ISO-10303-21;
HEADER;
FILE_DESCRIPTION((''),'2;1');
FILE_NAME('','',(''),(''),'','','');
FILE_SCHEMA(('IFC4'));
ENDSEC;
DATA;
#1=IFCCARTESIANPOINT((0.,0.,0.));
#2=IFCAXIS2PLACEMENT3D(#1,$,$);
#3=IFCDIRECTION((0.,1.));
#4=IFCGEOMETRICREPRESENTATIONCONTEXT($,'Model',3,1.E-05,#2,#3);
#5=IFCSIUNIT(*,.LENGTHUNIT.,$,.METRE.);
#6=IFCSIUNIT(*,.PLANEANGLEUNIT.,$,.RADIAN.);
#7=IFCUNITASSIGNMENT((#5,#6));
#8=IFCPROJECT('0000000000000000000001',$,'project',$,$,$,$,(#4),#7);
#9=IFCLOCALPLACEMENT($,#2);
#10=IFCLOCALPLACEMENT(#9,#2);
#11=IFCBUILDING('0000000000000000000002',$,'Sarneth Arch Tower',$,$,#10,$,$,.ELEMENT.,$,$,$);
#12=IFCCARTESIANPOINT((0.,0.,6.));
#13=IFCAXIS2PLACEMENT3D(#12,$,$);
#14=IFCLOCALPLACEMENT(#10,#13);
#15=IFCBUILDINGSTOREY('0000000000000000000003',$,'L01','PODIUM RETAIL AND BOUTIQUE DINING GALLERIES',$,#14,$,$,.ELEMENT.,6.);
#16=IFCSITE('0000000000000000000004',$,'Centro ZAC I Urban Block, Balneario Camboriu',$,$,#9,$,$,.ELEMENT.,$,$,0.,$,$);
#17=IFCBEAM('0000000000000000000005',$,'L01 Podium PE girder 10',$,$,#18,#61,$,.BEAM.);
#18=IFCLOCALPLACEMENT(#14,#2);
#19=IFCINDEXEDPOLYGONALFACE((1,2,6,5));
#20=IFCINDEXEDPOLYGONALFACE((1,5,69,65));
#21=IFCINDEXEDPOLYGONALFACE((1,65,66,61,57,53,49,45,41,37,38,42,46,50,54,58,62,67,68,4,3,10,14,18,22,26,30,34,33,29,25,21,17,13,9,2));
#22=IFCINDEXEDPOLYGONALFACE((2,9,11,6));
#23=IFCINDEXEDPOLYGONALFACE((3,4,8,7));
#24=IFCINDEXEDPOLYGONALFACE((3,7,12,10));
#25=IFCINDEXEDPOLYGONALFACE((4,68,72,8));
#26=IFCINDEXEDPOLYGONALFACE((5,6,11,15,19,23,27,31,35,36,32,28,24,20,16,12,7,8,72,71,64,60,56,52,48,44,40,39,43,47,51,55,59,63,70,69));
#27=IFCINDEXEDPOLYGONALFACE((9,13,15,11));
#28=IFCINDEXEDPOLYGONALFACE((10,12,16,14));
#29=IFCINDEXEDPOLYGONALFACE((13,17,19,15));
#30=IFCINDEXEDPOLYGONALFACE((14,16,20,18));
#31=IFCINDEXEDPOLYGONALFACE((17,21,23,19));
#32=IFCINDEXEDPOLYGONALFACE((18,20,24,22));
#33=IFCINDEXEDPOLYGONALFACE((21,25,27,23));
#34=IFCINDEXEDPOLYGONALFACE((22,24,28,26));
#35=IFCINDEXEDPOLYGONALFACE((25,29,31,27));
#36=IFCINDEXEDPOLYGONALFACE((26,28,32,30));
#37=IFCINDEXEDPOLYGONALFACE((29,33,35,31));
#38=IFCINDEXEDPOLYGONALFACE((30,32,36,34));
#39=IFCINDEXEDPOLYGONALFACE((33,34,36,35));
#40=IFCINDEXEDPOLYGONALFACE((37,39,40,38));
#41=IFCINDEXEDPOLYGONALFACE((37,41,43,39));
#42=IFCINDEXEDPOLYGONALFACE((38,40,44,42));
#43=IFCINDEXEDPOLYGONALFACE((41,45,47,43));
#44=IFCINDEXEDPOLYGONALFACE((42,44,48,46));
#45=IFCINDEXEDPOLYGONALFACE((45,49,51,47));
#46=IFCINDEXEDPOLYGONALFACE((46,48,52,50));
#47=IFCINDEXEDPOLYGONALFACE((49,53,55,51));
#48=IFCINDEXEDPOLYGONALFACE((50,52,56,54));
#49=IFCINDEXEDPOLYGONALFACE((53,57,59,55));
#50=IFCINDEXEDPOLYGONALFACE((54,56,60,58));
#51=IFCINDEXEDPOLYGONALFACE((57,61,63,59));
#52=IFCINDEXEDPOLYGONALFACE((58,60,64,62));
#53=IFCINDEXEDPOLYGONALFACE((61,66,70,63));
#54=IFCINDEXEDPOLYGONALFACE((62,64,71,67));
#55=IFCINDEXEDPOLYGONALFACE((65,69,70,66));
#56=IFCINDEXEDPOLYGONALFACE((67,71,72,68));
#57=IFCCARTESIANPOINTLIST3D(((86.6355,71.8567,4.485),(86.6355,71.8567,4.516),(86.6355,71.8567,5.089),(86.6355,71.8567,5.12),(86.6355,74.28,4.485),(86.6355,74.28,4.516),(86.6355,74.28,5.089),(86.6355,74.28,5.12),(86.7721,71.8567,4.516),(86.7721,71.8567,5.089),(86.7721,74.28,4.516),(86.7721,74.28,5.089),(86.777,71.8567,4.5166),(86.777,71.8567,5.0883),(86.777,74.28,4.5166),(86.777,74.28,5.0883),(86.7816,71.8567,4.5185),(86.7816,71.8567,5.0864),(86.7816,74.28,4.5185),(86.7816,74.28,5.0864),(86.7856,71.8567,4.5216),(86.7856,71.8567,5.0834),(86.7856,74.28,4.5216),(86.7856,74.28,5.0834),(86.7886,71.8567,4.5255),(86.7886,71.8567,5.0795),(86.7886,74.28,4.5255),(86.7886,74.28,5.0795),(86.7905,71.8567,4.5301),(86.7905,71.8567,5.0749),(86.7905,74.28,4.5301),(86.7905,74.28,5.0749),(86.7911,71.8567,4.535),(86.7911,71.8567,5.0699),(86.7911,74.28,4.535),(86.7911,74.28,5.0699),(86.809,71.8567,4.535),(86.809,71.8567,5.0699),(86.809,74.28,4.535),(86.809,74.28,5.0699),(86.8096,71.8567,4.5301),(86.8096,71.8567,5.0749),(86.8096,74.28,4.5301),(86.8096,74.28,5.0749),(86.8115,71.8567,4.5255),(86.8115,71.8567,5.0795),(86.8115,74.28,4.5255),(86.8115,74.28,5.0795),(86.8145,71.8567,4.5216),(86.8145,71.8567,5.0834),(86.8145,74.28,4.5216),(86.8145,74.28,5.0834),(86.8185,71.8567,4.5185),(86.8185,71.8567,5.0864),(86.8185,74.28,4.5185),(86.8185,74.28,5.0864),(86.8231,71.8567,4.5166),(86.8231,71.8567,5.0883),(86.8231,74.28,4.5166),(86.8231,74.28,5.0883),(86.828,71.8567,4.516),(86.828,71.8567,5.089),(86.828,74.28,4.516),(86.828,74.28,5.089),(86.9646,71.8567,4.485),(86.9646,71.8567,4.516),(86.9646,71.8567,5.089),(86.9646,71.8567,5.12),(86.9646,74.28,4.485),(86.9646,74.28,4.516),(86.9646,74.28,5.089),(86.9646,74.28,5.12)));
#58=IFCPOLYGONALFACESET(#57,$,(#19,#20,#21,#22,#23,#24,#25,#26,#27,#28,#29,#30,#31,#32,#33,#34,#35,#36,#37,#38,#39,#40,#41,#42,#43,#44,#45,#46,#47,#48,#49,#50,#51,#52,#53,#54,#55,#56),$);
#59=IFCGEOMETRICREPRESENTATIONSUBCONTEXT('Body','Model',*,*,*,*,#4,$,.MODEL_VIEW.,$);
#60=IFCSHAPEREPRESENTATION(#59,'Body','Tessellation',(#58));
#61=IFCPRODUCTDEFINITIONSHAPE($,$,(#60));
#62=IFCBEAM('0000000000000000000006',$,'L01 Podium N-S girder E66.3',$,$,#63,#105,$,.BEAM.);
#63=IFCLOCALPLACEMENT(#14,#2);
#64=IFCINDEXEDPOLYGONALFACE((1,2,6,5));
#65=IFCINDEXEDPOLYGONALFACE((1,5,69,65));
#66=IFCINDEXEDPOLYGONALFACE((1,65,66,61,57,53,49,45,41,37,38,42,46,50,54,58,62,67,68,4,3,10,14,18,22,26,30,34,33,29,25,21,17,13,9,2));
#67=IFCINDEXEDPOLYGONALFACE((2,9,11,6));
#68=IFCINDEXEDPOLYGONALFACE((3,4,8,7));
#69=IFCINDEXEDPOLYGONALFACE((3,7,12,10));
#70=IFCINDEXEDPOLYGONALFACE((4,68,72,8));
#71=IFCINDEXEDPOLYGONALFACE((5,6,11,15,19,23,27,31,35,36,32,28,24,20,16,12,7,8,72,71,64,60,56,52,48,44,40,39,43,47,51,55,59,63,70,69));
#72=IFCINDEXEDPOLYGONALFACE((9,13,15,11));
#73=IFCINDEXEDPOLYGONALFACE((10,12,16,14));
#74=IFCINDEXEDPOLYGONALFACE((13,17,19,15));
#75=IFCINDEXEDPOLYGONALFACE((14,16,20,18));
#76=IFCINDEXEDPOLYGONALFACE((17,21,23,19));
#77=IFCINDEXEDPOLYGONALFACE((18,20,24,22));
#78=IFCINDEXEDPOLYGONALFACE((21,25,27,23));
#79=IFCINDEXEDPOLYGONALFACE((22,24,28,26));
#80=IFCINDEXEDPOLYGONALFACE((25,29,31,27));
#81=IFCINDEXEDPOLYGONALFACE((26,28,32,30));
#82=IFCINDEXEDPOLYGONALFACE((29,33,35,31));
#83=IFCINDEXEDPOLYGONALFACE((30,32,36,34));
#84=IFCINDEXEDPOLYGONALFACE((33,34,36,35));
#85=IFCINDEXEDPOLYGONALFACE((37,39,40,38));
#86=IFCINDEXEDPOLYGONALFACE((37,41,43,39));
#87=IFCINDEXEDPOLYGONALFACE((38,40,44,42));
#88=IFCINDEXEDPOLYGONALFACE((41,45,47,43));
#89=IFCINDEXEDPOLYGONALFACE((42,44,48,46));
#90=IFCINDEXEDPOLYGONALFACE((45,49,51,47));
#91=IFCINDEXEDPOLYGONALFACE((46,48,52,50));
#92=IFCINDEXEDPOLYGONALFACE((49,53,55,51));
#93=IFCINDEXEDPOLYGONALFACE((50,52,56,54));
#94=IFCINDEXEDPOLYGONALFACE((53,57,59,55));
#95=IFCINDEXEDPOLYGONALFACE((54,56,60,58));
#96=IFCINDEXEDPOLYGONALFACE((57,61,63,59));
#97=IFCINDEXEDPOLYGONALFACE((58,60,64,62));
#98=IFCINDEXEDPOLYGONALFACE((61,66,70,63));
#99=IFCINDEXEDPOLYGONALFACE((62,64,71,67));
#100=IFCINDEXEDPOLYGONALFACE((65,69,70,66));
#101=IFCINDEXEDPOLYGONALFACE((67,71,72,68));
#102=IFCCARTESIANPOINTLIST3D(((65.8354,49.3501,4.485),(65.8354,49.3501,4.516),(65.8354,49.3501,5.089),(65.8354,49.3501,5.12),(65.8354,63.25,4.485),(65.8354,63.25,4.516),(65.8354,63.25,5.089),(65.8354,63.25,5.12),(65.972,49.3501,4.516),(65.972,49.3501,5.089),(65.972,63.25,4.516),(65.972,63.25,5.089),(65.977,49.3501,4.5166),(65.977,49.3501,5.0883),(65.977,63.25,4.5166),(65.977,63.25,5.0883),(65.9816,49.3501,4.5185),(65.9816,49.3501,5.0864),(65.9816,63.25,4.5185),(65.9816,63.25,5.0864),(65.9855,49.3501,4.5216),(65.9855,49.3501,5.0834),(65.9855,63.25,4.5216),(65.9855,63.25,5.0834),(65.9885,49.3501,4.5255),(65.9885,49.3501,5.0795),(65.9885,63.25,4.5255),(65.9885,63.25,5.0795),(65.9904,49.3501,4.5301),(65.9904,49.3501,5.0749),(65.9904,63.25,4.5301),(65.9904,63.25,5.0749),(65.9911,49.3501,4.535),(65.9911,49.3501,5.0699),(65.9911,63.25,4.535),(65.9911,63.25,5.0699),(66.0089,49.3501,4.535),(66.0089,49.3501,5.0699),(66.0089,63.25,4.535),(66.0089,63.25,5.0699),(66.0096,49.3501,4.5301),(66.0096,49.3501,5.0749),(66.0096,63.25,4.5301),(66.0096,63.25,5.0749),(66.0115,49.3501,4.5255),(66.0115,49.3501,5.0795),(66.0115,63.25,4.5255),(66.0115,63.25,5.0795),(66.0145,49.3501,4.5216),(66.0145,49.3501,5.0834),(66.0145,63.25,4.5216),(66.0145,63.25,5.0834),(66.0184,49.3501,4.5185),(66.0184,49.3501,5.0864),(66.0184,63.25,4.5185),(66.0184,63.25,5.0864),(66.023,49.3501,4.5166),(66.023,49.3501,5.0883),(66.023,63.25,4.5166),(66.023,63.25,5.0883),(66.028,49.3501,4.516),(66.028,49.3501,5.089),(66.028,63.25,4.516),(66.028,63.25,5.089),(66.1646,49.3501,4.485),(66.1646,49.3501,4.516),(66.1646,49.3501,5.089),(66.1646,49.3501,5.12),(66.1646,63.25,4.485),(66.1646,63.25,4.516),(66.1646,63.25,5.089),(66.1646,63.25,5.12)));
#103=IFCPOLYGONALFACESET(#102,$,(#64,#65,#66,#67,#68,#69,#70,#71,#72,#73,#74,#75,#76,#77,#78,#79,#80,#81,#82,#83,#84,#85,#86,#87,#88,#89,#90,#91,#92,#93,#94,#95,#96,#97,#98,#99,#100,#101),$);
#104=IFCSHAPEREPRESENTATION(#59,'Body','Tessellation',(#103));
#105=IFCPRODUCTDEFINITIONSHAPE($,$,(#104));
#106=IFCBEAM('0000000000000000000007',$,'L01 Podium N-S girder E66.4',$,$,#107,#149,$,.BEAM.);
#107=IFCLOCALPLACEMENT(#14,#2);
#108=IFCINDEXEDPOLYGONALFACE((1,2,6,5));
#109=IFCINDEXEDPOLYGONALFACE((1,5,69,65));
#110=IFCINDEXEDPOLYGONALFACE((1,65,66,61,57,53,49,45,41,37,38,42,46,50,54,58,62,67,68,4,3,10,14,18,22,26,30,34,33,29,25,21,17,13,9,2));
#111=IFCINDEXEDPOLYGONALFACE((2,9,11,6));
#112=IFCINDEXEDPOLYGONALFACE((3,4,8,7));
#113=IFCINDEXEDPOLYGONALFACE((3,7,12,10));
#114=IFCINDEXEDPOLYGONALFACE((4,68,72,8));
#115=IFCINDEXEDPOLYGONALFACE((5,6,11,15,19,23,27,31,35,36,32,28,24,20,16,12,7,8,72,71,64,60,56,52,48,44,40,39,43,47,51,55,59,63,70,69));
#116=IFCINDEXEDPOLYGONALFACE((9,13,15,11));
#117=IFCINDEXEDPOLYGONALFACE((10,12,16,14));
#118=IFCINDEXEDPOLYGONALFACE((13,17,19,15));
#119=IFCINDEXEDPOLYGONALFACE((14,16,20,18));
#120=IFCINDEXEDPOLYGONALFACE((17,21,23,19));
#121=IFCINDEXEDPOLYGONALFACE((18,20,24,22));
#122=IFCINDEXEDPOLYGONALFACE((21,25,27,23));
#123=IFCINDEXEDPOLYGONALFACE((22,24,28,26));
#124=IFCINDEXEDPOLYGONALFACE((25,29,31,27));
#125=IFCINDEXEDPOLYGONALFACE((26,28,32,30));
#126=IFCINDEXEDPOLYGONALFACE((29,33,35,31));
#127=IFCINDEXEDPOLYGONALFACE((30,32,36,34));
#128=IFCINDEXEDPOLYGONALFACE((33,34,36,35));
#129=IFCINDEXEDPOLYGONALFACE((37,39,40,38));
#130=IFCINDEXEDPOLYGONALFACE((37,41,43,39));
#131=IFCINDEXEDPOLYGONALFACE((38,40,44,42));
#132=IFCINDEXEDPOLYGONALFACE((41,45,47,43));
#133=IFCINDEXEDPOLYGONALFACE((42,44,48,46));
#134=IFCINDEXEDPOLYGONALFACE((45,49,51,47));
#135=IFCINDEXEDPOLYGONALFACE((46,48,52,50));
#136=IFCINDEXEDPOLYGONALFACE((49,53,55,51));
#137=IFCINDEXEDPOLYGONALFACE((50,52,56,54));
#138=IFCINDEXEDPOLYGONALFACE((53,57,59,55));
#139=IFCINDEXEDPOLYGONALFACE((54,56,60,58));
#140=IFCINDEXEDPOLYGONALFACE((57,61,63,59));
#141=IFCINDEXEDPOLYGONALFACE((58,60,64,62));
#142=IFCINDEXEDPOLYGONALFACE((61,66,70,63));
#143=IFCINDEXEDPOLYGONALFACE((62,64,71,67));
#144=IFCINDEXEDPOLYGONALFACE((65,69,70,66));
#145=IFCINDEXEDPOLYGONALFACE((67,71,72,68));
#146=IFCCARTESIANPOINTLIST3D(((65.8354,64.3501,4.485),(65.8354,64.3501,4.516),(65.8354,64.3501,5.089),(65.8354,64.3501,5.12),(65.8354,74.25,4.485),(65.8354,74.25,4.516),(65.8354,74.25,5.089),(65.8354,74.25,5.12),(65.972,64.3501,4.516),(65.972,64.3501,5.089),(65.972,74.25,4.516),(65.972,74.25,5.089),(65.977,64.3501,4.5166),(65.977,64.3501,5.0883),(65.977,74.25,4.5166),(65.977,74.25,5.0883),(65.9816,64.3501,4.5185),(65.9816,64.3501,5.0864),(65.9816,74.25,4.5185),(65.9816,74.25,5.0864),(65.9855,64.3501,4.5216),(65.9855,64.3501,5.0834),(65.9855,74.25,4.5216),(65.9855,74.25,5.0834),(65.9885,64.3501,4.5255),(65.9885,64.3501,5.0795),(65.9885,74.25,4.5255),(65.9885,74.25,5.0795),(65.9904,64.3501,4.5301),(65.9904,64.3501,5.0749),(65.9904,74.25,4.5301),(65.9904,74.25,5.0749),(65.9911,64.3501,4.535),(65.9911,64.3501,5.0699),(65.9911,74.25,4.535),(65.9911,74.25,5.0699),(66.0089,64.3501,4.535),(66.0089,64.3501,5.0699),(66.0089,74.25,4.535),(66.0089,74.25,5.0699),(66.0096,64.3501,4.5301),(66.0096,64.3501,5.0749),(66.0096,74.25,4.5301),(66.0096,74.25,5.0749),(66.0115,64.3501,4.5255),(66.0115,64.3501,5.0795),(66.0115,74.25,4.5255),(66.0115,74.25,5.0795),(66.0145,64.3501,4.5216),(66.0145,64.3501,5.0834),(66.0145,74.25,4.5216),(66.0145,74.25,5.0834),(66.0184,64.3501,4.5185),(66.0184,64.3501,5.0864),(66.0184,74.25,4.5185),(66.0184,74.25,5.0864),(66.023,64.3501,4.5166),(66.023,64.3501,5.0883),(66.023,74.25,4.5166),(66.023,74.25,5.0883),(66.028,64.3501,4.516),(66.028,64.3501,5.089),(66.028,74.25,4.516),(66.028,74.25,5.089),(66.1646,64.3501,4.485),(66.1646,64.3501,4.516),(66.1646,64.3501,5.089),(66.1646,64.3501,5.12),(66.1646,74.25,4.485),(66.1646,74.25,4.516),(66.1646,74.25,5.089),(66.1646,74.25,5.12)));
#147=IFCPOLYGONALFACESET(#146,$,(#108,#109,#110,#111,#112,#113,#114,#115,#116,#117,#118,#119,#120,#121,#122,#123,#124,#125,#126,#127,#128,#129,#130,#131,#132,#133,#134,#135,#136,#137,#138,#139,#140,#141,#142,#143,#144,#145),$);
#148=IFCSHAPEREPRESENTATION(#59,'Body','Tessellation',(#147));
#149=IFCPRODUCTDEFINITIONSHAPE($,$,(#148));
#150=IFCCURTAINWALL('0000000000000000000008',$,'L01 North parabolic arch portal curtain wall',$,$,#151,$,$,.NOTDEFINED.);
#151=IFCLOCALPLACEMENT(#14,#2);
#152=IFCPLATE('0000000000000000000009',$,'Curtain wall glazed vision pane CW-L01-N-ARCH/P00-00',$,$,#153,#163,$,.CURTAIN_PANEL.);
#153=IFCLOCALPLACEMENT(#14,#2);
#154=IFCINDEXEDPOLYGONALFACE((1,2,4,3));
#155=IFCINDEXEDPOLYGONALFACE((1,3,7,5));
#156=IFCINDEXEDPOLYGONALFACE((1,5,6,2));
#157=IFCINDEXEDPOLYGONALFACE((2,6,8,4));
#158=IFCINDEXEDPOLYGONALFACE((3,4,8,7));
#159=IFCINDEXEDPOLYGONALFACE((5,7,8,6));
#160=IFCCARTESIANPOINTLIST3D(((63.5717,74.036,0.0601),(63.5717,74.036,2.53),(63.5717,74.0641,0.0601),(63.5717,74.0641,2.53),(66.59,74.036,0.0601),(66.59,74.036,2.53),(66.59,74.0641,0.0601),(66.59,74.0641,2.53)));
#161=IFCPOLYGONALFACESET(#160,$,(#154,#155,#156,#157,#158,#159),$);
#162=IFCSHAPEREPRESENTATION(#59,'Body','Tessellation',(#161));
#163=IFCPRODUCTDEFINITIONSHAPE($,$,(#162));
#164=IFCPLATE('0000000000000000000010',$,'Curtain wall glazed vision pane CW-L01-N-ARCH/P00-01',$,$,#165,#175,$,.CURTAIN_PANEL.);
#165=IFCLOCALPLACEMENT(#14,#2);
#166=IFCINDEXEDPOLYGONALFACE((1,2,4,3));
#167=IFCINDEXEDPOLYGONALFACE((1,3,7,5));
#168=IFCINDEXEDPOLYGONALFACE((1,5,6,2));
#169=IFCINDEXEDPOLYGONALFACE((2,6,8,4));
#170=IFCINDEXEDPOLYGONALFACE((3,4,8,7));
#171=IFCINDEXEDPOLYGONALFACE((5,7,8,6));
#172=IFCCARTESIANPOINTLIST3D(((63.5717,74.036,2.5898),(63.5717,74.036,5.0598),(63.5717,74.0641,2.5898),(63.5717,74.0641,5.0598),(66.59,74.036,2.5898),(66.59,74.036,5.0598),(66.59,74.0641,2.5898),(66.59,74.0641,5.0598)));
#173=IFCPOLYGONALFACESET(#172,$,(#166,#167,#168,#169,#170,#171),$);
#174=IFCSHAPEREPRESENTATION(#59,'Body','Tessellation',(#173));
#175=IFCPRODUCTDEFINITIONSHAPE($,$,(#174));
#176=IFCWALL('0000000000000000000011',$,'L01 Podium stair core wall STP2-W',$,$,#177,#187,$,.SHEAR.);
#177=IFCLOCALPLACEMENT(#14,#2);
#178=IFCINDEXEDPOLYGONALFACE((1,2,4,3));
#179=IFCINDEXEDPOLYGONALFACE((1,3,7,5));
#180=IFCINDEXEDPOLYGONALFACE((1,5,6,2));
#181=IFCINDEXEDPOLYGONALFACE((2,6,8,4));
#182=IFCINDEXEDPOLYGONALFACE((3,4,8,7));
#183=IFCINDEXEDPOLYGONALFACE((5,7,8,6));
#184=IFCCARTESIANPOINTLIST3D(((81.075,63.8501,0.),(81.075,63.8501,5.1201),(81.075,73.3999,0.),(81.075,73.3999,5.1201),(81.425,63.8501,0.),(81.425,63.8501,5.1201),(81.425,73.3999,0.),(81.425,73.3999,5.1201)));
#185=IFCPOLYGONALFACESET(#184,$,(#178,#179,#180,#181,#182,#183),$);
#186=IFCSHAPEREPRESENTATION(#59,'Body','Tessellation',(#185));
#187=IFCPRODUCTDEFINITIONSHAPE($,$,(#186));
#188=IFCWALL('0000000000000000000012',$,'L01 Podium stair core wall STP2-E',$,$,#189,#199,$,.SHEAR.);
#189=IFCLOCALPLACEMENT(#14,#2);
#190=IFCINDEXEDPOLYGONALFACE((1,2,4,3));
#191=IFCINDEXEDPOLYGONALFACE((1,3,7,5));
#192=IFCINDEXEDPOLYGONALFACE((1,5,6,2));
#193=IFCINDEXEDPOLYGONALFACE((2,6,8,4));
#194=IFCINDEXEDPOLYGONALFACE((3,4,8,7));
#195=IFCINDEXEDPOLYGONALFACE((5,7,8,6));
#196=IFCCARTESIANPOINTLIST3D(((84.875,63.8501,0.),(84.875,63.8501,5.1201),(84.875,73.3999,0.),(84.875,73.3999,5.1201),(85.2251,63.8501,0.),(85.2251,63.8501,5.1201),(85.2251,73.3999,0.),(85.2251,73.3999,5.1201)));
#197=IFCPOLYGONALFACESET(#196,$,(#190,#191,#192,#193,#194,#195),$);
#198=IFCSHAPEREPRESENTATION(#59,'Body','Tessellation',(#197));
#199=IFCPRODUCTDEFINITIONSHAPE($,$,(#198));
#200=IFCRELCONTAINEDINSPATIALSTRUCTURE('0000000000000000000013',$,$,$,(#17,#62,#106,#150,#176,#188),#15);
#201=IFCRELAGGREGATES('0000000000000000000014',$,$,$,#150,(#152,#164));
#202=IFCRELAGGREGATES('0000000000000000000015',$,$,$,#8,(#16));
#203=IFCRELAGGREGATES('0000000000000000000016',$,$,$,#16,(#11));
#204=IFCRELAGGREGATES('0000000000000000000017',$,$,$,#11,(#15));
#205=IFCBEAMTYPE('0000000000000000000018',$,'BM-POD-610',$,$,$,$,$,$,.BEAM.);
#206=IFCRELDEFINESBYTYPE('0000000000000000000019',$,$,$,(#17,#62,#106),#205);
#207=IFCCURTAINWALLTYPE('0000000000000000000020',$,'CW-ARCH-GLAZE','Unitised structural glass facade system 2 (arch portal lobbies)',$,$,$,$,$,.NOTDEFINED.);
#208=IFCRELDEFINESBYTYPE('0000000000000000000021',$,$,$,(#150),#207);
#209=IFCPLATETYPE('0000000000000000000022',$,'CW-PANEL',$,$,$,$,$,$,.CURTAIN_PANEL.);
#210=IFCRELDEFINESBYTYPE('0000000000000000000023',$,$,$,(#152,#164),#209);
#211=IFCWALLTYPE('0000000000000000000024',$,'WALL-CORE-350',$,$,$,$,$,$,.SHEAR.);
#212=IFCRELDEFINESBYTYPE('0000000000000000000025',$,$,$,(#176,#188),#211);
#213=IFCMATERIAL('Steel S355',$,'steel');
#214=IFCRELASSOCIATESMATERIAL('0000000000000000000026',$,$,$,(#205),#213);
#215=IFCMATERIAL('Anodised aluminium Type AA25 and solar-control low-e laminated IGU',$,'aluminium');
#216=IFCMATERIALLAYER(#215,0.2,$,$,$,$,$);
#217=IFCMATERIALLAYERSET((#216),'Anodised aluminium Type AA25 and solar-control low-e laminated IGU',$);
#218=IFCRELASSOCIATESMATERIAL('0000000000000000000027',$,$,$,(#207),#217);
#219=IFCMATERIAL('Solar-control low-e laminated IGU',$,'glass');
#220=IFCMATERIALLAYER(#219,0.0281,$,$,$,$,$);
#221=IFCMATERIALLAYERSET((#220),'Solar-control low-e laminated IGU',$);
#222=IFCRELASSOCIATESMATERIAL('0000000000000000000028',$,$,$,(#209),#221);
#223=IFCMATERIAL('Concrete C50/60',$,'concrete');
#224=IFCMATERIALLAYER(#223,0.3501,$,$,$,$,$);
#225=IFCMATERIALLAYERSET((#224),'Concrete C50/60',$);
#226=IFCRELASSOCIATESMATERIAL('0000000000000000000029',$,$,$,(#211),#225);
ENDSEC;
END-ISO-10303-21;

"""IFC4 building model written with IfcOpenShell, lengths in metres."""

from ifc_helpers import new_model, si_unit, direction, frame, frame_2d, origin, origin_2d, place, context, subcontext, project, spatial, rectangle, i_section, extrude, material, layer, layer_set, material_profile, profile_set, type_object, element, aggregate, save


model = new_model("IFC4")

# Units and contexts
model_context = context("Model", 3, precision=1e-05, world=origin(), true_north=direction((0.0, 1.0)))
body_context = subcontext(model_context, "Body", "Model", "MODEL_VIEW")
ifc_project = project(units=[si_unit("LENGTHUNIT", "METRE"), si_unit("PLANEANGLEUNIT", "RADIAN")], contexts=[model_context])

# Site, building, storey
site_placement = place(None, origin())
site = spatial("IfcSite", under=ifc_project, at=site_placement, Name="Centro ZAC I Urban Block, Balneario Camboriu", CompositionType="ELEMENT", RefElevation=0.0)
building_placement = place(site_placement, origin())
building = spatial("IfcBuilding", under=site, at=building_placement, Name="Sarneth Arch Tower", CompositionType="ELEMENT")
storey_placement = place(building_placement, frame((0.0, 0.0, 6.0)))
storey = spatial("IfcBuildingStorey", under=building, at=storey_placement, Name="L01", Description="PODIUM RETAIL AND BOUTIQUE DINING GALLERIES", CompositionType="ELEMENT", Elevation=6.0)

# Beams
ifc_material_1 = material(Name="Steel S355", Category="steel")
ifc_material_profile_1 = material_profile(ifc_material_1, i_section(OverallWidth=0.3291, OverallDepth=0.635, WebThickness=0.0178, FlangeThickness=0.031, FilletRadius=0.019, at=origin_2d()), Name="W610x241")
ifc_profile_set_1 = profile_set([ifc_material_profile_1], Name="Steel S355")
beam_type = type_object("IfcBeamType", Name="BM-POD-610", PredefinedType="BEAM", material=ifc_profile_set_1)
beam_1_placement = place(storey_placement, frame((86.8, 71.8567, 4.8025), z_axis=(0.0, 1.0, 0.0), x_axis=(-1.0, 0.0, 0.0)))
element("IfcBeam", 1, at=beam_1_placement, inside=storey, type_object=beam_type, Name="L01 Podium PE girder 10", PredefinedType="BEAM", context=body_context, shape_type="SweptSolid", body=[
    extrude(i_section(OverallWidth=0.3291, OverallDepth=0.635, WebThickness=0.0178, FlangeThickness=0.031, FilletRadius=0.019, at=origin_2d()), origin(), (0.0, 0.0, 1.0), 2.4233),
])
beam_2_placement = place(storey_placement, frame((66.0, 49.3501, 4.8025), z_axis=(0.0, 1.0, 0.0), x_axis=(-1.0, 0.0, 0.0)))
element("IfcBeam", 2, at=beam_2_placement, inside=storey, type_object=beam_type, Name="L01 Podium N-S girder E66.3", PredefinedType="BEAM", context=body_context, shape_type="SweptSolid", body=[
    extrude(i_section(OverallWidth=0.3291, OverallDepth=0.635, WebThickness=0.0178, FlangeThickness=0.031, FilletRadius=0.019, at=origin_2d()), origin(), (0.0, 0.0, 1.0), 13.8999),
])
beam_3_placement = place(storey_placement, frame((66.0, 64.3501, 4.8025), z_axis=(0.0, 1.0, 0.0), x_axis=(-1.0, 0.0, 0.0)))
element("IfcBeam", 3, at=beam_3_placement, inside=storey, type_object=beam_type, Name="L01 Podium N-S girder E66.4", PredefinedType="BEAM", context=body_context, shape_type="SweptSolid", body=[
    extrude(i_section(OverallWidth=0.3291, OverallDepth=0.635, WebThickness=0.0178, FlangeThickness=0.031, FilletRadius=0.019, at=origin_2d()), origin(), (0.0, 0.0, 1.0), 9.8999),
])

# Curtain wall, plates
ifc_material_2 = material(Name="Anodised aluminium Type AA25 and solar-control low-e laminated IGU", Category="aluminium")
ifc_layer_1 = layer(ifc_material_2, 0.2)
ifc_layer_set_1 = layer_set([ifc_layer_1], Name="Anodised aluminium Type AA25 and solar-control low-e laminated IGU")
curtain_wall_type = type_object("IfcCurtainWallType", Name="CW-ARCH-GLAZE", Description="Unitised structural glass facade system 2 (arch portal lobbies)", PredefinedType="NOTDEFINED", material=ifc_layer_set_1)
curtain_wall_placement = place(storey_placement, origin())
curtain_wall = element("IfcCurtainWall", 4, at=curtain_wall_placement, inside=storey, type_object=curtain_wall_type, Name="L01 North parabolic arch portal curtain wall", PredefinedType="NOTDEFINED")
ifc_material_3 = material(Name="Solar-control low-e laminated IGU", Category="glass")
ifc_layer_2 = layer(ifc_material_3, 0.0281)
ifc_layer_set_2 = layer_set([ifc_layer_2], Name="Solar-control low-e laminated IGU")
plate_type = type_object("IfcPlateType", Name="CW-PANEL", PredefinedType="CURTAIN_PANEL", material=ifc_layer_set_2)
plate_1_placement = place(storey_placement, frame((65.0808, 74.05, 0.0601), z_axis=(0.0, 0.0, 1.0), x_axis=(-1.0, 0.0, 0.0)))
plate_1 = element("IfcPlate", 5, at=plate_1_placement, type_object=plate_type, Name="Curtain wall glazed vision pane CW-L01-N-ARCH/P00-00", PredefinedType="CURTAIN_PANEL", context=body_context, shape_type="SweptSolid", body=[
    extrude(rectangle(XDim=3.0183, YDim=0.0281, at=origin_2d()), origin(), (0.0, 0.0, 1.0), 2.47),
])
plate_2_placement = place(storey_placement, frame((65.0808, 74.05, 2.5898), z_axis=(0.0, 0.0, 1.0), x_axis=(-1.0, 0.0, 0.0)))
plate_2 = element("IfcPlate", 6, at=plate_2_placement, type_object=plate_type, Name="Curtain wall glazed vision pane CW-L01-N-ARCH/P00-01", PredefinedType="CURTAIN_PANEL", context=body_context, shape_type="SweptSolid", body=[
    extrude(rectangle(XDim=3.0183, YDim=0.0281, at=origin_2d()), origin(), (0.0, 0.0, 1.0), 2.47),
])
aggregate(curtain_wall, [plate_1, plate_2])

# Walls
ifc_material_4 = material(Name="Concrete C50/60", Category="concrete")
ifc_layer_3 = layer(ifc_material_4, 0.3501)
ifc_layer_set_3 = layer_set([ifc_layer_3], Name="Concrete C50/60")
wall_type_1 = type_object("IfcWallType", Name="WALL-CORE-350", PredefinedType="SHEAR", material=ifc_layer_set_3)
for number, where, z_axis, x_axis, name in (
    (7, (81.25, 63.8501, 0.0), (0.0, 0.0, 1.0), (0.0, 1.0, 0.0), "L01 Podium stair core wall STP2-W"),
    (8, (85.05, 63.8501, 0.0), (0.0, 0.0, 1.0), (0.0, 1.0, 0.0), "L01 Podium stair core wall STP2-E"),
):
    element("IfcWall", number, at=place(storey_placement, frame(where, z_axis=z_axis, x_axis=x_axis)), inside=storey, type_object=wall_type_1, Name=name, PredefinedType="SHEAR", context=body_context, shape_type="SweptSolid", body=[
        extrude(rectangle(XDim=9.5498, YDim=0.3501, at=frame_2d((4.7749, 0.0))), origin(), (0.0, 0.0, 1.0), 5.1201),
    ])

save(model, "model.ifc")
